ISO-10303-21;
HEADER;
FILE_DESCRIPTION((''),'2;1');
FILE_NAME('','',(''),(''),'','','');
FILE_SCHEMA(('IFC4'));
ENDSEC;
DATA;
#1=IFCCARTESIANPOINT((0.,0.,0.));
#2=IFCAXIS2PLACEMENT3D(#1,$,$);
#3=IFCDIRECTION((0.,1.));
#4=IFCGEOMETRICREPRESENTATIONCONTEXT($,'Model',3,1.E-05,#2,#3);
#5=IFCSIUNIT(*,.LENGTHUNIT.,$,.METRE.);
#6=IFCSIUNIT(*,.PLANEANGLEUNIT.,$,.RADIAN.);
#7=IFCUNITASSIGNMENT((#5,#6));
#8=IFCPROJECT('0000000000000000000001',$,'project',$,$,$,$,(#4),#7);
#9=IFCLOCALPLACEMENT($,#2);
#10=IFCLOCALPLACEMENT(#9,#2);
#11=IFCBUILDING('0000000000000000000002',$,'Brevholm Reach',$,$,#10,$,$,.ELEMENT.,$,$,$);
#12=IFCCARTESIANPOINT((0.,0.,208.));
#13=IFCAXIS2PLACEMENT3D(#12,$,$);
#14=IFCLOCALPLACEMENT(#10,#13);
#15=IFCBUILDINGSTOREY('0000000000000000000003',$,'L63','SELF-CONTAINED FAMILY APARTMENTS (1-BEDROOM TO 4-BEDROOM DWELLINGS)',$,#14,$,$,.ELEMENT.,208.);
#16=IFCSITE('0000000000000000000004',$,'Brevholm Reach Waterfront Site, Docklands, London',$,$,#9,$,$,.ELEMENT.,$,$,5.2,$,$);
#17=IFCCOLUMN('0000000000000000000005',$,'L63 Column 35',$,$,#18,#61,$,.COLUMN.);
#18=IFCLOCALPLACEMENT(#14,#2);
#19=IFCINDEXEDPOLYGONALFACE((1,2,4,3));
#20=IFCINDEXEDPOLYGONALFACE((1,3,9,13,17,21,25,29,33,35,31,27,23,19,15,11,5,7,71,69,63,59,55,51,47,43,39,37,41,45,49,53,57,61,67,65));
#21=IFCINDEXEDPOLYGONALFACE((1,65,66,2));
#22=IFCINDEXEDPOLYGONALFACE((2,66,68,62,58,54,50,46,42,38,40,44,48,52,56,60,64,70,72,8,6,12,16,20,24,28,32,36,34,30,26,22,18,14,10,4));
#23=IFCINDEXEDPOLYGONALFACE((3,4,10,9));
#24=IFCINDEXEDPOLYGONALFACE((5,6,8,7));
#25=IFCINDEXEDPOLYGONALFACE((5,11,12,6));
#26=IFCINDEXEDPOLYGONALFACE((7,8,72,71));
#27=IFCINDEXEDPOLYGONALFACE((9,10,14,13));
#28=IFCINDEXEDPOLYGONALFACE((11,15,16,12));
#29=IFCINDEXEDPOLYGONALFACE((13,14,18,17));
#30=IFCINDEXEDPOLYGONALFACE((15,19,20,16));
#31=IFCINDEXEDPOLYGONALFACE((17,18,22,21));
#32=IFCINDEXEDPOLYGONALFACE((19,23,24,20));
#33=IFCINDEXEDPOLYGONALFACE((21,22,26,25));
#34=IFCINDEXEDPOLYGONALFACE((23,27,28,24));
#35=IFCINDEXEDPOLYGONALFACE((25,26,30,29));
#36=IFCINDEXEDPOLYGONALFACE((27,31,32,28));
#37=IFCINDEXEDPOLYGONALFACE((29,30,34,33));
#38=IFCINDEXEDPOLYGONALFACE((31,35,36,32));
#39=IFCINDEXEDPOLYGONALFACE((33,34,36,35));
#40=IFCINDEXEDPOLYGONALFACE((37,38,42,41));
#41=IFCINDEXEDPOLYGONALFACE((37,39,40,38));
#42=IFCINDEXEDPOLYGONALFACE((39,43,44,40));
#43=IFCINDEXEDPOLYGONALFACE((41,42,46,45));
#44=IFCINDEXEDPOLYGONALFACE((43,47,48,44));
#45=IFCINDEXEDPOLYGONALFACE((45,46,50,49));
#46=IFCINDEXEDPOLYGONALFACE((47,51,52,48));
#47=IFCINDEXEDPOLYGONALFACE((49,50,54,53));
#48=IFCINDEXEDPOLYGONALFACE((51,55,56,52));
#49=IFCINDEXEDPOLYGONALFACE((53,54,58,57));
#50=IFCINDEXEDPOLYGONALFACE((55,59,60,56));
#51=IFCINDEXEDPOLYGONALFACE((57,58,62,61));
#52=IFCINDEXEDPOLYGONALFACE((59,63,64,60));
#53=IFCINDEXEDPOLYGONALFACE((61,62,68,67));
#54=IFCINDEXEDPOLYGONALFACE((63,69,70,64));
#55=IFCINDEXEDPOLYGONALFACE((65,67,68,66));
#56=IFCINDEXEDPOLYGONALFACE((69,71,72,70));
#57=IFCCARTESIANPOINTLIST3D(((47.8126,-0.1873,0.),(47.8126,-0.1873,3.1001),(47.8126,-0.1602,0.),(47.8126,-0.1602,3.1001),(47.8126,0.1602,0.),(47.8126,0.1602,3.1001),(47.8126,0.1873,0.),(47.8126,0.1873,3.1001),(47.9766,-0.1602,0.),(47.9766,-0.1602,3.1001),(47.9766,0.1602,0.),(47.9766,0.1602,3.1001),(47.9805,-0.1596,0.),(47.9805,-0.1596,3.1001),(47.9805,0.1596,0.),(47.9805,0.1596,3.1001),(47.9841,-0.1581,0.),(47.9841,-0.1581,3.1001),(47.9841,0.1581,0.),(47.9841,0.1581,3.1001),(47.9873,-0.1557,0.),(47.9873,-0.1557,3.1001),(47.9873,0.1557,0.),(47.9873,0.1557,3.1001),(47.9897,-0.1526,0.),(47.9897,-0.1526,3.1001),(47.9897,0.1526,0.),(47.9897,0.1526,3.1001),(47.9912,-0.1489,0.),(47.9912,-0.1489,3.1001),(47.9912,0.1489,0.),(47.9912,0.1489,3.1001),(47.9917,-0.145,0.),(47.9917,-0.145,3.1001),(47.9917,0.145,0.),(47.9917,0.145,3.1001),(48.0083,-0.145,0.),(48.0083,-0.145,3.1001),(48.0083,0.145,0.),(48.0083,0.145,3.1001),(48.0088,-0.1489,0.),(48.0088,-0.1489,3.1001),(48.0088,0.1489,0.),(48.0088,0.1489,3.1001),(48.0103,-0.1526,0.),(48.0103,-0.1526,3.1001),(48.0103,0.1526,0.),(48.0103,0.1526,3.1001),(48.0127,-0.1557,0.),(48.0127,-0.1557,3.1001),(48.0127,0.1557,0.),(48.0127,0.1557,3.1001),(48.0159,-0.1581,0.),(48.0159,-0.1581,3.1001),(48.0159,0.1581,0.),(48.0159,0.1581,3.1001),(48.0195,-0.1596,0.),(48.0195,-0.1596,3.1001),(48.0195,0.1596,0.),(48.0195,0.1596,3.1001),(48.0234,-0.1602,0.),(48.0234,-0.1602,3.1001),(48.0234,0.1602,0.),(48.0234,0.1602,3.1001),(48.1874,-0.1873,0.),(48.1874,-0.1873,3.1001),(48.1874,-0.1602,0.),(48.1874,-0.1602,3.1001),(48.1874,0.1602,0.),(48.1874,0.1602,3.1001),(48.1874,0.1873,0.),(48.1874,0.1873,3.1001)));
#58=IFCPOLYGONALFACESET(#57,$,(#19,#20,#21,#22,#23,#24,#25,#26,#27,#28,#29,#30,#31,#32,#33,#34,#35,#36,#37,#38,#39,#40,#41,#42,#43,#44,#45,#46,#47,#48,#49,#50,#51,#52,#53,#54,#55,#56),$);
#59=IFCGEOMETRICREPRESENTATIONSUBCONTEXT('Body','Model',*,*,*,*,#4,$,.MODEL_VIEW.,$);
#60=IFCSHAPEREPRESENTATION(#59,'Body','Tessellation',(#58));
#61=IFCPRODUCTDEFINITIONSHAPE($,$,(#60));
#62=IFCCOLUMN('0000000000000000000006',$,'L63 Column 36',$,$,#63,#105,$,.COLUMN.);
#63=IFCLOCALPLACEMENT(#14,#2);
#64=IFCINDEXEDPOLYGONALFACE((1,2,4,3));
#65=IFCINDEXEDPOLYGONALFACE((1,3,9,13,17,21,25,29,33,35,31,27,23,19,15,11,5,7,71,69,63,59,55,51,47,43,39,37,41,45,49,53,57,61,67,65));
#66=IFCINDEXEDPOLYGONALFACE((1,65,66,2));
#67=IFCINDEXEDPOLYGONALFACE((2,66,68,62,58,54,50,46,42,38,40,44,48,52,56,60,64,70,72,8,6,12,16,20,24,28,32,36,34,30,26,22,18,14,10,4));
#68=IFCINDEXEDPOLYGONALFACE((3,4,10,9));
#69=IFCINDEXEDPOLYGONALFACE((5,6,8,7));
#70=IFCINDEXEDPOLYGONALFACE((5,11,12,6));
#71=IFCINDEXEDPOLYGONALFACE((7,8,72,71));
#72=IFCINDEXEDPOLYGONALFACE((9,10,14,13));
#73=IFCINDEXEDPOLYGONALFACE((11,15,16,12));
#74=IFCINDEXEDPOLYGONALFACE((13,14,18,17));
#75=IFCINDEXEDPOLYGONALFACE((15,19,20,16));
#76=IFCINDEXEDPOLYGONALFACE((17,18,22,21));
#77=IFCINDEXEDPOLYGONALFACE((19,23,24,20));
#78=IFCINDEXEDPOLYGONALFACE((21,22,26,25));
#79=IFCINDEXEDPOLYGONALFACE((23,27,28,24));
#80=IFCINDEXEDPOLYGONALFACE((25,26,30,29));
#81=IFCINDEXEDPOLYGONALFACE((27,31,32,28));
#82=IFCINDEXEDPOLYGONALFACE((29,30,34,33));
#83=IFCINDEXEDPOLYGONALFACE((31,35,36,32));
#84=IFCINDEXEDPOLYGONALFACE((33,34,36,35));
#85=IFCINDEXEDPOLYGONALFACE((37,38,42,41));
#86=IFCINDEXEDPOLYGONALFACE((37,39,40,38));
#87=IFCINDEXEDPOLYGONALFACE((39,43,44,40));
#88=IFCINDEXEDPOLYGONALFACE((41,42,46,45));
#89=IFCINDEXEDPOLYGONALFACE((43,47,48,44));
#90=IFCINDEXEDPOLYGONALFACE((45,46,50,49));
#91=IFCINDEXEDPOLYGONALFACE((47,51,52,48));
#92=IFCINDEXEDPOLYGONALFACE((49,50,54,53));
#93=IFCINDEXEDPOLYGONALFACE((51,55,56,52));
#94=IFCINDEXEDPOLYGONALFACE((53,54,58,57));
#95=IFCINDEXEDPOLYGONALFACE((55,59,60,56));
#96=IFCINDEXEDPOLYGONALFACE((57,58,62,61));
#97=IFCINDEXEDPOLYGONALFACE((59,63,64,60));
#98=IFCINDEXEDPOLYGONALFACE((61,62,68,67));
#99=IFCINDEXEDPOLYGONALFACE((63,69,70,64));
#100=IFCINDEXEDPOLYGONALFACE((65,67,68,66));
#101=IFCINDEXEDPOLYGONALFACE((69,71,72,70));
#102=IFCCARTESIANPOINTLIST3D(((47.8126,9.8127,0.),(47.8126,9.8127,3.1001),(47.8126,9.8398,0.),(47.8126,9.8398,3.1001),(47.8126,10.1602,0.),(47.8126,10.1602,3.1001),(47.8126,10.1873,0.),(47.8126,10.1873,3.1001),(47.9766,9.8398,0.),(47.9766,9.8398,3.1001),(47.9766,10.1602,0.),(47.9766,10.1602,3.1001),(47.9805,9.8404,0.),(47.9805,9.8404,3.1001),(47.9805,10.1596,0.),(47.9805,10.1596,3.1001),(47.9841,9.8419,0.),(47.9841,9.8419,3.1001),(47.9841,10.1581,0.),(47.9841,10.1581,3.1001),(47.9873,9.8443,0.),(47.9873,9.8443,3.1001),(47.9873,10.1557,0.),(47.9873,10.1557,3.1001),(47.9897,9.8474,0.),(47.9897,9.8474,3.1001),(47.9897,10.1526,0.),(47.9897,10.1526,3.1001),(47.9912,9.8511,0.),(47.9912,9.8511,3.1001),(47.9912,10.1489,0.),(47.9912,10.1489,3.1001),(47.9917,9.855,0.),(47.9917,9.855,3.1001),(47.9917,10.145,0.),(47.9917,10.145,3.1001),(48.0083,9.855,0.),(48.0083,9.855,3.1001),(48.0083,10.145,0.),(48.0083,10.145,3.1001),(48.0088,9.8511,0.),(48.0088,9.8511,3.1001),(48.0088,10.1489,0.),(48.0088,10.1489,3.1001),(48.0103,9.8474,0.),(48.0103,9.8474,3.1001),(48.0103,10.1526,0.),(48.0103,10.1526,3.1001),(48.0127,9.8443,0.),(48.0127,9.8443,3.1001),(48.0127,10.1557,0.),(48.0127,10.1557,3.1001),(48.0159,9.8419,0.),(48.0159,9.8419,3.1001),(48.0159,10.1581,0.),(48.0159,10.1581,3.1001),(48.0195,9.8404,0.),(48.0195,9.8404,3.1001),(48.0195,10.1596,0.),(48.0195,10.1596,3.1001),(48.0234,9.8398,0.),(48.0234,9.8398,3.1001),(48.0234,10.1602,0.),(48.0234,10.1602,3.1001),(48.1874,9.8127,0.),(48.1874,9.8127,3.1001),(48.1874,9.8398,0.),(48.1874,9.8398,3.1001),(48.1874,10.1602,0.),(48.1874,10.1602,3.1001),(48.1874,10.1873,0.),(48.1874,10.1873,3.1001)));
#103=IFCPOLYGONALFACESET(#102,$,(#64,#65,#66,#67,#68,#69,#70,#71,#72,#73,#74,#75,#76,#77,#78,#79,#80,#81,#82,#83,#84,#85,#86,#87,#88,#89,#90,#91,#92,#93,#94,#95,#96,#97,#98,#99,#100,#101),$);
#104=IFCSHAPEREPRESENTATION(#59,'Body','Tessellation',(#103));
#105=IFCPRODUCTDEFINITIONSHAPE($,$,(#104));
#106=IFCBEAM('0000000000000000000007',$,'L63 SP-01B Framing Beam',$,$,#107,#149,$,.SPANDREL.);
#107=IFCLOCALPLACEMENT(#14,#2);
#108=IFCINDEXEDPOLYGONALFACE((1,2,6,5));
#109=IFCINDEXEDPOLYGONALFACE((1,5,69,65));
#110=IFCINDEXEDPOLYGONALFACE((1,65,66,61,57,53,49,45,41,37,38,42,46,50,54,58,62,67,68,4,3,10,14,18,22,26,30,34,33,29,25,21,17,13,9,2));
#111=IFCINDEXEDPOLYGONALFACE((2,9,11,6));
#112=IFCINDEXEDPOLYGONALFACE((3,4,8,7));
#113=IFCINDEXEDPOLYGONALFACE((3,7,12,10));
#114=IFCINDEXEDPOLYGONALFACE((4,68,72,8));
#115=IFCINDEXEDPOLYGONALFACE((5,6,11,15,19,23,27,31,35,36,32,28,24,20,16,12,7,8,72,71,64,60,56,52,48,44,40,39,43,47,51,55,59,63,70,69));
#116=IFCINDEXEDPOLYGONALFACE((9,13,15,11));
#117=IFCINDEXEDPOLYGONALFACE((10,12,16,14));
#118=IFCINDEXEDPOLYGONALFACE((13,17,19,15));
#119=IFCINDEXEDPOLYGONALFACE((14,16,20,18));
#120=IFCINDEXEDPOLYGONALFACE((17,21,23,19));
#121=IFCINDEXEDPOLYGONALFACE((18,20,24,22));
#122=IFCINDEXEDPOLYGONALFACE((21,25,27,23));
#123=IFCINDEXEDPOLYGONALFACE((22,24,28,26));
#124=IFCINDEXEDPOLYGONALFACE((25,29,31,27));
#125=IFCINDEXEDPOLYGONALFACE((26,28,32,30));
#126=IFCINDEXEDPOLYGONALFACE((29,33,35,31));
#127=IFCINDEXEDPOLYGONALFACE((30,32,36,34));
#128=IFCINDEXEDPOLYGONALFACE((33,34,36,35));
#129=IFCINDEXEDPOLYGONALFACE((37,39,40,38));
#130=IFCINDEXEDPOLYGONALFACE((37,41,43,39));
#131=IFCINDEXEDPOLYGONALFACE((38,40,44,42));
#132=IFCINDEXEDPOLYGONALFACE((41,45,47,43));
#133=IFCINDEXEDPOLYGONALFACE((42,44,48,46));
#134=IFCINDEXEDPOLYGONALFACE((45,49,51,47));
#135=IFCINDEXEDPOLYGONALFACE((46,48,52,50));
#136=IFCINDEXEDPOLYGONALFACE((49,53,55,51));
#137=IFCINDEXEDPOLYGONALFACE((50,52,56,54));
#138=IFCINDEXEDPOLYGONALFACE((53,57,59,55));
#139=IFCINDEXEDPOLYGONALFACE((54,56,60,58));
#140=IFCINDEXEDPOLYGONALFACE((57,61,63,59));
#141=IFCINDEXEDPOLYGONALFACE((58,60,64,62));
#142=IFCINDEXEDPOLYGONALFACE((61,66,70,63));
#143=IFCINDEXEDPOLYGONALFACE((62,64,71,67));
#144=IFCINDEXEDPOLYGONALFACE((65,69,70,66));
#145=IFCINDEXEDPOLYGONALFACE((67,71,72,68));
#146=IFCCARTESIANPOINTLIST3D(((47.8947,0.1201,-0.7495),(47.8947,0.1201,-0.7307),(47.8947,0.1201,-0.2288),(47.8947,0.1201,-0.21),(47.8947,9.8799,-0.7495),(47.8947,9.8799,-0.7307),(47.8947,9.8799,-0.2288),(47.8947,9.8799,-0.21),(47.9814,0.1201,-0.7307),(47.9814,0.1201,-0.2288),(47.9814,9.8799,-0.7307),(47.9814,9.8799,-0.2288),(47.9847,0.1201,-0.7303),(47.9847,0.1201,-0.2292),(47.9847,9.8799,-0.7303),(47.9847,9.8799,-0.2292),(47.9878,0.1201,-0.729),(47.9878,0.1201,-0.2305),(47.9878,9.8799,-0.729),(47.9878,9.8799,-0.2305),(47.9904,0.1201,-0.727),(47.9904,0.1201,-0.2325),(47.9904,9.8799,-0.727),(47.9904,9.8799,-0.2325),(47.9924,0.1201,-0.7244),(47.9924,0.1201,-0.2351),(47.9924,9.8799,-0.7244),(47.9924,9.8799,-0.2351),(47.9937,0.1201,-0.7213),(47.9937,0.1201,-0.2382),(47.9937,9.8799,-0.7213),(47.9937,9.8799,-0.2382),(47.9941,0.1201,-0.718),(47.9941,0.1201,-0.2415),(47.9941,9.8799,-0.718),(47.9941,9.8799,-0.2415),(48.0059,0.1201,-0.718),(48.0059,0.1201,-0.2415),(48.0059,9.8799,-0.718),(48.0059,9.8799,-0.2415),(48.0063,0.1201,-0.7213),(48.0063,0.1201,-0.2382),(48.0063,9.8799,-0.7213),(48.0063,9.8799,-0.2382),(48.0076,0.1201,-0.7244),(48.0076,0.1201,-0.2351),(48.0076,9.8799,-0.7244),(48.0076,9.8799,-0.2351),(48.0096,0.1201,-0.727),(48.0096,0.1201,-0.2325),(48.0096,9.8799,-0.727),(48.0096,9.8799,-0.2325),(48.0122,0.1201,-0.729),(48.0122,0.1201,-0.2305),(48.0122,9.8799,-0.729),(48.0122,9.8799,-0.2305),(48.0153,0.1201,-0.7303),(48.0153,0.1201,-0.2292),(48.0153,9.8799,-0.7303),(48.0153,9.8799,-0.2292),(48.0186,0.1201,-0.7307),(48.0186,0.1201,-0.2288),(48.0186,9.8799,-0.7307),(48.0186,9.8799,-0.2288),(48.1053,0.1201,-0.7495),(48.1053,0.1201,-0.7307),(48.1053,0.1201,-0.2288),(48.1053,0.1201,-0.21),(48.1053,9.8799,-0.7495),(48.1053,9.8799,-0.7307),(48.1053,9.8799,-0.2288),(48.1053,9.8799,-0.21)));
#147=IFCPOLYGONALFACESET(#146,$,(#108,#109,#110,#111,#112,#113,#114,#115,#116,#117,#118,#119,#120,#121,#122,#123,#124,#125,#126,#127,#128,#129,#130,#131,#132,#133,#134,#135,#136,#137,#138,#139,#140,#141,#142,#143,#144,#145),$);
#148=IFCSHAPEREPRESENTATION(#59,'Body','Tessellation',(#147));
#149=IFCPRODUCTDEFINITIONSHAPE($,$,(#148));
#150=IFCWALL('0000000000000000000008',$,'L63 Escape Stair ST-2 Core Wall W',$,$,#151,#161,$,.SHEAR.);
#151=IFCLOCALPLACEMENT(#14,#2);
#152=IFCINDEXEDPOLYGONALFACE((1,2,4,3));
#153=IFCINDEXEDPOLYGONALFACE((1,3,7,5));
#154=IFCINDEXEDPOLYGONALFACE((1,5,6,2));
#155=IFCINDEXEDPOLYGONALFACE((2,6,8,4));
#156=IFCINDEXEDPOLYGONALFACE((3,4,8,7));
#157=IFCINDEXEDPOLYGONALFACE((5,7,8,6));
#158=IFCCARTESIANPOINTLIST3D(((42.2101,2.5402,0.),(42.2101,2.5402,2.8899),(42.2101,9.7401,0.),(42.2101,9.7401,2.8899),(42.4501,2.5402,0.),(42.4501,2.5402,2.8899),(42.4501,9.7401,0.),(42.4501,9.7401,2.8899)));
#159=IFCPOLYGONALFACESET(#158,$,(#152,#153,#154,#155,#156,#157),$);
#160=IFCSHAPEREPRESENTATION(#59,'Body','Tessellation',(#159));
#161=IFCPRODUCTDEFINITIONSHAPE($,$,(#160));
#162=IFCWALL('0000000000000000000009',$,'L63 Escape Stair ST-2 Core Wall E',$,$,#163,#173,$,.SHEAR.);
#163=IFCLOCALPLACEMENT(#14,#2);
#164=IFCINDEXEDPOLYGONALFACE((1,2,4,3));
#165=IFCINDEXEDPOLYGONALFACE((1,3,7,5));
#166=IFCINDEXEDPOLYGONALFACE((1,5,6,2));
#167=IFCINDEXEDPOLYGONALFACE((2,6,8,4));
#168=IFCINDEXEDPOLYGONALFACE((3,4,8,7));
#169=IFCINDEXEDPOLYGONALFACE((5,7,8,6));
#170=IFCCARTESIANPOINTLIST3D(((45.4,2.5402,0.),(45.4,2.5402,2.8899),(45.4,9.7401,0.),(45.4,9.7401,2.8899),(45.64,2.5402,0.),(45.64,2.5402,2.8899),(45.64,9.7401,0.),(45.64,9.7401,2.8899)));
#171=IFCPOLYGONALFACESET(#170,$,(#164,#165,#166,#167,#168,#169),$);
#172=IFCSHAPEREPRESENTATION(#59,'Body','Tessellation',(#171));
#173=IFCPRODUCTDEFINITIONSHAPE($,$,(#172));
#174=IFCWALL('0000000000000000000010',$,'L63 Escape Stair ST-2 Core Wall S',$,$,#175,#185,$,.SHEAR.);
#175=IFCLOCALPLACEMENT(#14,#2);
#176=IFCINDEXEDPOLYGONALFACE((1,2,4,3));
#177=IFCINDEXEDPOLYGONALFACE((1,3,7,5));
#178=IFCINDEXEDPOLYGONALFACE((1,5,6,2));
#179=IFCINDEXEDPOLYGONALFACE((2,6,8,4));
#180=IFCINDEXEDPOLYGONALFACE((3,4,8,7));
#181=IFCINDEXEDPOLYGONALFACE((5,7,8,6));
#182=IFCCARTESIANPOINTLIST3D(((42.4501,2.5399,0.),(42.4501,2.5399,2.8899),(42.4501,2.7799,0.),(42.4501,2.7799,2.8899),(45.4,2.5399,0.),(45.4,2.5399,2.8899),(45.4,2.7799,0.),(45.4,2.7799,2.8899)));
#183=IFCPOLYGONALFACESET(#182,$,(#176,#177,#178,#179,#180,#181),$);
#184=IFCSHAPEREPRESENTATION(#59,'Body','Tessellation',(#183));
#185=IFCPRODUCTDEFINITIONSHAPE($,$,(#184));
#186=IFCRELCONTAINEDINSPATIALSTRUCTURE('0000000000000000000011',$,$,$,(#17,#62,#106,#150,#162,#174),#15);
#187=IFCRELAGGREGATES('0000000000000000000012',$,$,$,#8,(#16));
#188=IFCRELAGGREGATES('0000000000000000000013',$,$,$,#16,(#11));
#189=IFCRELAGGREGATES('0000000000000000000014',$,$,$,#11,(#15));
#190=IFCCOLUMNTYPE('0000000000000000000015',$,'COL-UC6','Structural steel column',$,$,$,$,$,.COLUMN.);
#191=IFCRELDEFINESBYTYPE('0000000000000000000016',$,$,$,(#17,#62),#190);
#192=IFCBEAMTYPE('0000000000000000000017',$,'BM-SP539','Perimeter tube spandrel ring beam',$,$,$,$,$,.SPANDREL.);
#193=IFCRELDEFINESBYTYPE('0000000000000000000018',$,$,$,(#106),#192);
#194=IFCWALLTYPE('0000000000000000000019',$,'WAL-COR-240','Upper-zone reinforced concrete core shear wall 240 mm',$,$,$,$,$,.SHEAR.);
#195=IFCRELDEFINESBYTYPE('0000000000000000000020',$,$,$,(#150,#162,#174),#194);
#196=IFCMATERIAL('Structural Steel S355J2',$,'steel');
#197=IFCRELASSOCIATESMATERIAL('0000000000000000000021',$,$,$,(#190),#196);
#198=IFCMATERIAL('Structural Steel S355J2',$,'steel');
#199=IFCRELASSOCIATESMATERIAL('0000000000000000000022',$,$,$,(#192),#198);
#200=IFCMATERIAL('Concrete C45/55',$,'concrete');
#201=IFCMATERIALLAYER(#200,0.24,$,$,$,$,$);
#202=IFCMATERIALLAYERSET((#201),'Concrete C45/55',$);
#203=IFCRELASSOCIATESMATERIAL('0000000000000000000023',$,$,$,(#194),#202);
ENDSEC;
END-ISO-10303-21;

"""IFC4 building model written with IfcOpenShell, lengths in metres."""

from ifc_helpers import new_model, si_unit, direction, frame, frame_2d, origin, origin_2d, place, context, subcontext, project, spatial, rectangle, i_section, extrude, material, layer, layer_set, material_profile, profile_set, type_object, element, save


model = new_model("IFC4")

# Units and contexts
model_context = context("Model", 3, precision=1e-05, world=origin(), true_north=direction((0.0, 1.0)))
body_context = subcontext(model_context, "Body", "Model", "MODEL_VIEW")
ifc_project = project(units=[si_unit("LENGTHUNIT", "METRE"), si_unit("PLANEANGLEUNIT", "RADIAN")], contexts=[model_context])

# Site, building, storey
site_placement = place(None, origin())
site = spatial("IfcSite", under=ifc_project, at=site_placement, Name="Brevholm Reach Waterfront Site, Docklands, London", CompositionType="ELEMENT", RefElevation=5.2)
building_placement = place(site_placement, origin())
building = spatial("IfcBuilding", under=site, at=building_placement, Name="Brevholm Reach", CompositionType="ELEMENT")
storey_placement = place(building_placement, frame((0.0, 0.0, 208.0)))
storey = spatial("IfcBuildingStorey", under=building, at=storey_placement, Name="L63", Description="SELF-CONTAINED FAMILY APARTMENTS (1-BEDROOM TO 4-BEDROOM DWELLINGS)", CompositionType="ELEMENT", Elevation=208.0)

# Columns
ifc_material_1 = material(Name="Structural Steel S355J2", Category="steel")
ifc_material_profile_1 = material_profile(ifc_material_1, i_section(OverallWidth=0.3748, OverallDepth=0.3745, WebThickness=0.0166, FlangeThickness=0.0271, FilletRadius=0.0151, at=origin_2d()), Name="UKC 356x368x202")
ifc_profile_set_1 = profile_set([ifc_material_profile_1], Name="Structural Steel S355J2")
column_type = type_object("IfcColumnType", Name="COL-UC6", Description="Structural steel column", PredefinedType="COLUMN", material=ifc_profile_set_1)
for number, where, z_axis, x_axis, name in (
    (1, (48.0, 0.0, 0.0), (0.0, 0.0, 1.0), (1.0, 0.0, 0.0), "L63 Column 35"),
    (2, (48.0, 10.0, 0.0), (0.0, 0.0, 1.0), (1.0, 0.0, 0.0), "L63 Column 36"),
):
    element("IfcColumn", number, at=place(storey_placement, frame(where, z_axis=z_axis, x_axis=x_axis)), inside=storey, type_object=column_type, Name=name, PredefinedType="COLUMN", context=body_context, shape_type="SweptSolid", body=[
        extrude(i_section(OverallWidth=0.3748, OverallDepth=0.3745, WebThickness=0.0166, FlangeThickness=0.0271, FilletRadius=0.0151, at=origin_2d()), origin(), (0.0, 0.0, 1.0), 3.1001),
    ])

# Beam
ifc_material_2 = material(Name="Structural Steel S355J2", Category="steel")
ifc_material_profile_2 = material_profile(ifc_material_2, i_section(OverallWidth=0.2107, OverallDepth=0.5396, WebThickness=0.0117, FlangeThickness=0.0188, FilletRadius=0.0127, at=origin_2d()), Name="UKB 533x210x109")
ifc_profile_set_2 = profile_set([ifc_material_profile_2], Name="Structural Steel S355J2")
beam_type = type_object("IfcBeamType", Name="BM-SP539", Description="Perimeter tube spandrel ring beam", PredefinedType="SPANDREL", material=ifc_profile_set_2)
beam_placement = place(storey_placement, frame((48.0, 0.1201, -0.4797), z_axis=(0.0, 1.0, 0.0), x_axis=(-1.0, 0.0, 0.0)))
element("IfcBeam", 3, at=beam_placement, inside=storey, type_object=beam_type, Name="L63 SP-01B Framing Beam", PredefinedType="SPANDREL", context=body_context, shape_type="SweptSolid", body=[
    extrude(i_section(OverallWidth=0.2107, OverallDepth=0.5396, WebThickness=0.0117, FlangeThickness=0.0188, FilletRadius=0.0127, at=origin_2d()), origin(), (0.0, 0.0, 1.0), 9.7598),
])

# Walls
ifc_material_3 = material(Name="Concrete C45/55", Category="concrete")
ifc_layer_1 = layer(ifc_material_3, 0.24)
ifc_layer_set_1 = layer_set([ifc_layer_1], Name="Concrete C45/55")
wall_type_1 = type_object("IfcWallType", Name="WAL-COR-240", Description="Upper-zone reinforced concrete core shear wall 240 mm", PredefinedType="SHEAR", material=ifc_layer_set_1)
for number, where, z_axis, x_axis, name in (
    (4, (42.3301, 2.54, 0.0), (0.0, 0.0, 1.0), (0.0, 1.0, 0.0), "L63 Escape Stair ST-2 Core Wall W"),
    (5, (45.52, 2.54, 0.0), (0.0, 0.0, 1.0), (0.0, 1.0, 0.0), "L63 Escape Stair ST-2 Core Wall E"),
):
    element("IfcWall", number, at=place(storey_placement, frame(where, z_axis=z_axis, x_axis=x_axis)), inside=storey, type_object=wall_type_1, Name=name, PredefinedType="SHEAR", context=body_context, shape_type="SweptSolid", body=[
        extrude(rectangle(XDim=7.2, YDim=0.24, at=frame_2d((3.6001, 0.0))), origin(), (0.0, 0.0, 1.0), 2.8899),
    ])
wall_1_placement = place(storey_placement, frame((42.45, 2.6599, 0.0), z_axis=(0.0, 0.0, 1.0), x_axis=(1.0, 0.0, 0.0)))
element("IfcWall", 6, at=wall_1_placement, inside=storey, type_object=wall_type_1, Name="L63 Escape Stair ST-2 Core Wall S", PredefinedType="SHEAR", context=body_context, shape_type="SweptSolid", body=[
    extrude(rectangle(XDim=2.95, YDim=0.24, at=frame_2d((1.4751, 0.0))), origin(), (0.0, 0.0, 1.0), 2.8899),
])

save(model, "model.ifc")
